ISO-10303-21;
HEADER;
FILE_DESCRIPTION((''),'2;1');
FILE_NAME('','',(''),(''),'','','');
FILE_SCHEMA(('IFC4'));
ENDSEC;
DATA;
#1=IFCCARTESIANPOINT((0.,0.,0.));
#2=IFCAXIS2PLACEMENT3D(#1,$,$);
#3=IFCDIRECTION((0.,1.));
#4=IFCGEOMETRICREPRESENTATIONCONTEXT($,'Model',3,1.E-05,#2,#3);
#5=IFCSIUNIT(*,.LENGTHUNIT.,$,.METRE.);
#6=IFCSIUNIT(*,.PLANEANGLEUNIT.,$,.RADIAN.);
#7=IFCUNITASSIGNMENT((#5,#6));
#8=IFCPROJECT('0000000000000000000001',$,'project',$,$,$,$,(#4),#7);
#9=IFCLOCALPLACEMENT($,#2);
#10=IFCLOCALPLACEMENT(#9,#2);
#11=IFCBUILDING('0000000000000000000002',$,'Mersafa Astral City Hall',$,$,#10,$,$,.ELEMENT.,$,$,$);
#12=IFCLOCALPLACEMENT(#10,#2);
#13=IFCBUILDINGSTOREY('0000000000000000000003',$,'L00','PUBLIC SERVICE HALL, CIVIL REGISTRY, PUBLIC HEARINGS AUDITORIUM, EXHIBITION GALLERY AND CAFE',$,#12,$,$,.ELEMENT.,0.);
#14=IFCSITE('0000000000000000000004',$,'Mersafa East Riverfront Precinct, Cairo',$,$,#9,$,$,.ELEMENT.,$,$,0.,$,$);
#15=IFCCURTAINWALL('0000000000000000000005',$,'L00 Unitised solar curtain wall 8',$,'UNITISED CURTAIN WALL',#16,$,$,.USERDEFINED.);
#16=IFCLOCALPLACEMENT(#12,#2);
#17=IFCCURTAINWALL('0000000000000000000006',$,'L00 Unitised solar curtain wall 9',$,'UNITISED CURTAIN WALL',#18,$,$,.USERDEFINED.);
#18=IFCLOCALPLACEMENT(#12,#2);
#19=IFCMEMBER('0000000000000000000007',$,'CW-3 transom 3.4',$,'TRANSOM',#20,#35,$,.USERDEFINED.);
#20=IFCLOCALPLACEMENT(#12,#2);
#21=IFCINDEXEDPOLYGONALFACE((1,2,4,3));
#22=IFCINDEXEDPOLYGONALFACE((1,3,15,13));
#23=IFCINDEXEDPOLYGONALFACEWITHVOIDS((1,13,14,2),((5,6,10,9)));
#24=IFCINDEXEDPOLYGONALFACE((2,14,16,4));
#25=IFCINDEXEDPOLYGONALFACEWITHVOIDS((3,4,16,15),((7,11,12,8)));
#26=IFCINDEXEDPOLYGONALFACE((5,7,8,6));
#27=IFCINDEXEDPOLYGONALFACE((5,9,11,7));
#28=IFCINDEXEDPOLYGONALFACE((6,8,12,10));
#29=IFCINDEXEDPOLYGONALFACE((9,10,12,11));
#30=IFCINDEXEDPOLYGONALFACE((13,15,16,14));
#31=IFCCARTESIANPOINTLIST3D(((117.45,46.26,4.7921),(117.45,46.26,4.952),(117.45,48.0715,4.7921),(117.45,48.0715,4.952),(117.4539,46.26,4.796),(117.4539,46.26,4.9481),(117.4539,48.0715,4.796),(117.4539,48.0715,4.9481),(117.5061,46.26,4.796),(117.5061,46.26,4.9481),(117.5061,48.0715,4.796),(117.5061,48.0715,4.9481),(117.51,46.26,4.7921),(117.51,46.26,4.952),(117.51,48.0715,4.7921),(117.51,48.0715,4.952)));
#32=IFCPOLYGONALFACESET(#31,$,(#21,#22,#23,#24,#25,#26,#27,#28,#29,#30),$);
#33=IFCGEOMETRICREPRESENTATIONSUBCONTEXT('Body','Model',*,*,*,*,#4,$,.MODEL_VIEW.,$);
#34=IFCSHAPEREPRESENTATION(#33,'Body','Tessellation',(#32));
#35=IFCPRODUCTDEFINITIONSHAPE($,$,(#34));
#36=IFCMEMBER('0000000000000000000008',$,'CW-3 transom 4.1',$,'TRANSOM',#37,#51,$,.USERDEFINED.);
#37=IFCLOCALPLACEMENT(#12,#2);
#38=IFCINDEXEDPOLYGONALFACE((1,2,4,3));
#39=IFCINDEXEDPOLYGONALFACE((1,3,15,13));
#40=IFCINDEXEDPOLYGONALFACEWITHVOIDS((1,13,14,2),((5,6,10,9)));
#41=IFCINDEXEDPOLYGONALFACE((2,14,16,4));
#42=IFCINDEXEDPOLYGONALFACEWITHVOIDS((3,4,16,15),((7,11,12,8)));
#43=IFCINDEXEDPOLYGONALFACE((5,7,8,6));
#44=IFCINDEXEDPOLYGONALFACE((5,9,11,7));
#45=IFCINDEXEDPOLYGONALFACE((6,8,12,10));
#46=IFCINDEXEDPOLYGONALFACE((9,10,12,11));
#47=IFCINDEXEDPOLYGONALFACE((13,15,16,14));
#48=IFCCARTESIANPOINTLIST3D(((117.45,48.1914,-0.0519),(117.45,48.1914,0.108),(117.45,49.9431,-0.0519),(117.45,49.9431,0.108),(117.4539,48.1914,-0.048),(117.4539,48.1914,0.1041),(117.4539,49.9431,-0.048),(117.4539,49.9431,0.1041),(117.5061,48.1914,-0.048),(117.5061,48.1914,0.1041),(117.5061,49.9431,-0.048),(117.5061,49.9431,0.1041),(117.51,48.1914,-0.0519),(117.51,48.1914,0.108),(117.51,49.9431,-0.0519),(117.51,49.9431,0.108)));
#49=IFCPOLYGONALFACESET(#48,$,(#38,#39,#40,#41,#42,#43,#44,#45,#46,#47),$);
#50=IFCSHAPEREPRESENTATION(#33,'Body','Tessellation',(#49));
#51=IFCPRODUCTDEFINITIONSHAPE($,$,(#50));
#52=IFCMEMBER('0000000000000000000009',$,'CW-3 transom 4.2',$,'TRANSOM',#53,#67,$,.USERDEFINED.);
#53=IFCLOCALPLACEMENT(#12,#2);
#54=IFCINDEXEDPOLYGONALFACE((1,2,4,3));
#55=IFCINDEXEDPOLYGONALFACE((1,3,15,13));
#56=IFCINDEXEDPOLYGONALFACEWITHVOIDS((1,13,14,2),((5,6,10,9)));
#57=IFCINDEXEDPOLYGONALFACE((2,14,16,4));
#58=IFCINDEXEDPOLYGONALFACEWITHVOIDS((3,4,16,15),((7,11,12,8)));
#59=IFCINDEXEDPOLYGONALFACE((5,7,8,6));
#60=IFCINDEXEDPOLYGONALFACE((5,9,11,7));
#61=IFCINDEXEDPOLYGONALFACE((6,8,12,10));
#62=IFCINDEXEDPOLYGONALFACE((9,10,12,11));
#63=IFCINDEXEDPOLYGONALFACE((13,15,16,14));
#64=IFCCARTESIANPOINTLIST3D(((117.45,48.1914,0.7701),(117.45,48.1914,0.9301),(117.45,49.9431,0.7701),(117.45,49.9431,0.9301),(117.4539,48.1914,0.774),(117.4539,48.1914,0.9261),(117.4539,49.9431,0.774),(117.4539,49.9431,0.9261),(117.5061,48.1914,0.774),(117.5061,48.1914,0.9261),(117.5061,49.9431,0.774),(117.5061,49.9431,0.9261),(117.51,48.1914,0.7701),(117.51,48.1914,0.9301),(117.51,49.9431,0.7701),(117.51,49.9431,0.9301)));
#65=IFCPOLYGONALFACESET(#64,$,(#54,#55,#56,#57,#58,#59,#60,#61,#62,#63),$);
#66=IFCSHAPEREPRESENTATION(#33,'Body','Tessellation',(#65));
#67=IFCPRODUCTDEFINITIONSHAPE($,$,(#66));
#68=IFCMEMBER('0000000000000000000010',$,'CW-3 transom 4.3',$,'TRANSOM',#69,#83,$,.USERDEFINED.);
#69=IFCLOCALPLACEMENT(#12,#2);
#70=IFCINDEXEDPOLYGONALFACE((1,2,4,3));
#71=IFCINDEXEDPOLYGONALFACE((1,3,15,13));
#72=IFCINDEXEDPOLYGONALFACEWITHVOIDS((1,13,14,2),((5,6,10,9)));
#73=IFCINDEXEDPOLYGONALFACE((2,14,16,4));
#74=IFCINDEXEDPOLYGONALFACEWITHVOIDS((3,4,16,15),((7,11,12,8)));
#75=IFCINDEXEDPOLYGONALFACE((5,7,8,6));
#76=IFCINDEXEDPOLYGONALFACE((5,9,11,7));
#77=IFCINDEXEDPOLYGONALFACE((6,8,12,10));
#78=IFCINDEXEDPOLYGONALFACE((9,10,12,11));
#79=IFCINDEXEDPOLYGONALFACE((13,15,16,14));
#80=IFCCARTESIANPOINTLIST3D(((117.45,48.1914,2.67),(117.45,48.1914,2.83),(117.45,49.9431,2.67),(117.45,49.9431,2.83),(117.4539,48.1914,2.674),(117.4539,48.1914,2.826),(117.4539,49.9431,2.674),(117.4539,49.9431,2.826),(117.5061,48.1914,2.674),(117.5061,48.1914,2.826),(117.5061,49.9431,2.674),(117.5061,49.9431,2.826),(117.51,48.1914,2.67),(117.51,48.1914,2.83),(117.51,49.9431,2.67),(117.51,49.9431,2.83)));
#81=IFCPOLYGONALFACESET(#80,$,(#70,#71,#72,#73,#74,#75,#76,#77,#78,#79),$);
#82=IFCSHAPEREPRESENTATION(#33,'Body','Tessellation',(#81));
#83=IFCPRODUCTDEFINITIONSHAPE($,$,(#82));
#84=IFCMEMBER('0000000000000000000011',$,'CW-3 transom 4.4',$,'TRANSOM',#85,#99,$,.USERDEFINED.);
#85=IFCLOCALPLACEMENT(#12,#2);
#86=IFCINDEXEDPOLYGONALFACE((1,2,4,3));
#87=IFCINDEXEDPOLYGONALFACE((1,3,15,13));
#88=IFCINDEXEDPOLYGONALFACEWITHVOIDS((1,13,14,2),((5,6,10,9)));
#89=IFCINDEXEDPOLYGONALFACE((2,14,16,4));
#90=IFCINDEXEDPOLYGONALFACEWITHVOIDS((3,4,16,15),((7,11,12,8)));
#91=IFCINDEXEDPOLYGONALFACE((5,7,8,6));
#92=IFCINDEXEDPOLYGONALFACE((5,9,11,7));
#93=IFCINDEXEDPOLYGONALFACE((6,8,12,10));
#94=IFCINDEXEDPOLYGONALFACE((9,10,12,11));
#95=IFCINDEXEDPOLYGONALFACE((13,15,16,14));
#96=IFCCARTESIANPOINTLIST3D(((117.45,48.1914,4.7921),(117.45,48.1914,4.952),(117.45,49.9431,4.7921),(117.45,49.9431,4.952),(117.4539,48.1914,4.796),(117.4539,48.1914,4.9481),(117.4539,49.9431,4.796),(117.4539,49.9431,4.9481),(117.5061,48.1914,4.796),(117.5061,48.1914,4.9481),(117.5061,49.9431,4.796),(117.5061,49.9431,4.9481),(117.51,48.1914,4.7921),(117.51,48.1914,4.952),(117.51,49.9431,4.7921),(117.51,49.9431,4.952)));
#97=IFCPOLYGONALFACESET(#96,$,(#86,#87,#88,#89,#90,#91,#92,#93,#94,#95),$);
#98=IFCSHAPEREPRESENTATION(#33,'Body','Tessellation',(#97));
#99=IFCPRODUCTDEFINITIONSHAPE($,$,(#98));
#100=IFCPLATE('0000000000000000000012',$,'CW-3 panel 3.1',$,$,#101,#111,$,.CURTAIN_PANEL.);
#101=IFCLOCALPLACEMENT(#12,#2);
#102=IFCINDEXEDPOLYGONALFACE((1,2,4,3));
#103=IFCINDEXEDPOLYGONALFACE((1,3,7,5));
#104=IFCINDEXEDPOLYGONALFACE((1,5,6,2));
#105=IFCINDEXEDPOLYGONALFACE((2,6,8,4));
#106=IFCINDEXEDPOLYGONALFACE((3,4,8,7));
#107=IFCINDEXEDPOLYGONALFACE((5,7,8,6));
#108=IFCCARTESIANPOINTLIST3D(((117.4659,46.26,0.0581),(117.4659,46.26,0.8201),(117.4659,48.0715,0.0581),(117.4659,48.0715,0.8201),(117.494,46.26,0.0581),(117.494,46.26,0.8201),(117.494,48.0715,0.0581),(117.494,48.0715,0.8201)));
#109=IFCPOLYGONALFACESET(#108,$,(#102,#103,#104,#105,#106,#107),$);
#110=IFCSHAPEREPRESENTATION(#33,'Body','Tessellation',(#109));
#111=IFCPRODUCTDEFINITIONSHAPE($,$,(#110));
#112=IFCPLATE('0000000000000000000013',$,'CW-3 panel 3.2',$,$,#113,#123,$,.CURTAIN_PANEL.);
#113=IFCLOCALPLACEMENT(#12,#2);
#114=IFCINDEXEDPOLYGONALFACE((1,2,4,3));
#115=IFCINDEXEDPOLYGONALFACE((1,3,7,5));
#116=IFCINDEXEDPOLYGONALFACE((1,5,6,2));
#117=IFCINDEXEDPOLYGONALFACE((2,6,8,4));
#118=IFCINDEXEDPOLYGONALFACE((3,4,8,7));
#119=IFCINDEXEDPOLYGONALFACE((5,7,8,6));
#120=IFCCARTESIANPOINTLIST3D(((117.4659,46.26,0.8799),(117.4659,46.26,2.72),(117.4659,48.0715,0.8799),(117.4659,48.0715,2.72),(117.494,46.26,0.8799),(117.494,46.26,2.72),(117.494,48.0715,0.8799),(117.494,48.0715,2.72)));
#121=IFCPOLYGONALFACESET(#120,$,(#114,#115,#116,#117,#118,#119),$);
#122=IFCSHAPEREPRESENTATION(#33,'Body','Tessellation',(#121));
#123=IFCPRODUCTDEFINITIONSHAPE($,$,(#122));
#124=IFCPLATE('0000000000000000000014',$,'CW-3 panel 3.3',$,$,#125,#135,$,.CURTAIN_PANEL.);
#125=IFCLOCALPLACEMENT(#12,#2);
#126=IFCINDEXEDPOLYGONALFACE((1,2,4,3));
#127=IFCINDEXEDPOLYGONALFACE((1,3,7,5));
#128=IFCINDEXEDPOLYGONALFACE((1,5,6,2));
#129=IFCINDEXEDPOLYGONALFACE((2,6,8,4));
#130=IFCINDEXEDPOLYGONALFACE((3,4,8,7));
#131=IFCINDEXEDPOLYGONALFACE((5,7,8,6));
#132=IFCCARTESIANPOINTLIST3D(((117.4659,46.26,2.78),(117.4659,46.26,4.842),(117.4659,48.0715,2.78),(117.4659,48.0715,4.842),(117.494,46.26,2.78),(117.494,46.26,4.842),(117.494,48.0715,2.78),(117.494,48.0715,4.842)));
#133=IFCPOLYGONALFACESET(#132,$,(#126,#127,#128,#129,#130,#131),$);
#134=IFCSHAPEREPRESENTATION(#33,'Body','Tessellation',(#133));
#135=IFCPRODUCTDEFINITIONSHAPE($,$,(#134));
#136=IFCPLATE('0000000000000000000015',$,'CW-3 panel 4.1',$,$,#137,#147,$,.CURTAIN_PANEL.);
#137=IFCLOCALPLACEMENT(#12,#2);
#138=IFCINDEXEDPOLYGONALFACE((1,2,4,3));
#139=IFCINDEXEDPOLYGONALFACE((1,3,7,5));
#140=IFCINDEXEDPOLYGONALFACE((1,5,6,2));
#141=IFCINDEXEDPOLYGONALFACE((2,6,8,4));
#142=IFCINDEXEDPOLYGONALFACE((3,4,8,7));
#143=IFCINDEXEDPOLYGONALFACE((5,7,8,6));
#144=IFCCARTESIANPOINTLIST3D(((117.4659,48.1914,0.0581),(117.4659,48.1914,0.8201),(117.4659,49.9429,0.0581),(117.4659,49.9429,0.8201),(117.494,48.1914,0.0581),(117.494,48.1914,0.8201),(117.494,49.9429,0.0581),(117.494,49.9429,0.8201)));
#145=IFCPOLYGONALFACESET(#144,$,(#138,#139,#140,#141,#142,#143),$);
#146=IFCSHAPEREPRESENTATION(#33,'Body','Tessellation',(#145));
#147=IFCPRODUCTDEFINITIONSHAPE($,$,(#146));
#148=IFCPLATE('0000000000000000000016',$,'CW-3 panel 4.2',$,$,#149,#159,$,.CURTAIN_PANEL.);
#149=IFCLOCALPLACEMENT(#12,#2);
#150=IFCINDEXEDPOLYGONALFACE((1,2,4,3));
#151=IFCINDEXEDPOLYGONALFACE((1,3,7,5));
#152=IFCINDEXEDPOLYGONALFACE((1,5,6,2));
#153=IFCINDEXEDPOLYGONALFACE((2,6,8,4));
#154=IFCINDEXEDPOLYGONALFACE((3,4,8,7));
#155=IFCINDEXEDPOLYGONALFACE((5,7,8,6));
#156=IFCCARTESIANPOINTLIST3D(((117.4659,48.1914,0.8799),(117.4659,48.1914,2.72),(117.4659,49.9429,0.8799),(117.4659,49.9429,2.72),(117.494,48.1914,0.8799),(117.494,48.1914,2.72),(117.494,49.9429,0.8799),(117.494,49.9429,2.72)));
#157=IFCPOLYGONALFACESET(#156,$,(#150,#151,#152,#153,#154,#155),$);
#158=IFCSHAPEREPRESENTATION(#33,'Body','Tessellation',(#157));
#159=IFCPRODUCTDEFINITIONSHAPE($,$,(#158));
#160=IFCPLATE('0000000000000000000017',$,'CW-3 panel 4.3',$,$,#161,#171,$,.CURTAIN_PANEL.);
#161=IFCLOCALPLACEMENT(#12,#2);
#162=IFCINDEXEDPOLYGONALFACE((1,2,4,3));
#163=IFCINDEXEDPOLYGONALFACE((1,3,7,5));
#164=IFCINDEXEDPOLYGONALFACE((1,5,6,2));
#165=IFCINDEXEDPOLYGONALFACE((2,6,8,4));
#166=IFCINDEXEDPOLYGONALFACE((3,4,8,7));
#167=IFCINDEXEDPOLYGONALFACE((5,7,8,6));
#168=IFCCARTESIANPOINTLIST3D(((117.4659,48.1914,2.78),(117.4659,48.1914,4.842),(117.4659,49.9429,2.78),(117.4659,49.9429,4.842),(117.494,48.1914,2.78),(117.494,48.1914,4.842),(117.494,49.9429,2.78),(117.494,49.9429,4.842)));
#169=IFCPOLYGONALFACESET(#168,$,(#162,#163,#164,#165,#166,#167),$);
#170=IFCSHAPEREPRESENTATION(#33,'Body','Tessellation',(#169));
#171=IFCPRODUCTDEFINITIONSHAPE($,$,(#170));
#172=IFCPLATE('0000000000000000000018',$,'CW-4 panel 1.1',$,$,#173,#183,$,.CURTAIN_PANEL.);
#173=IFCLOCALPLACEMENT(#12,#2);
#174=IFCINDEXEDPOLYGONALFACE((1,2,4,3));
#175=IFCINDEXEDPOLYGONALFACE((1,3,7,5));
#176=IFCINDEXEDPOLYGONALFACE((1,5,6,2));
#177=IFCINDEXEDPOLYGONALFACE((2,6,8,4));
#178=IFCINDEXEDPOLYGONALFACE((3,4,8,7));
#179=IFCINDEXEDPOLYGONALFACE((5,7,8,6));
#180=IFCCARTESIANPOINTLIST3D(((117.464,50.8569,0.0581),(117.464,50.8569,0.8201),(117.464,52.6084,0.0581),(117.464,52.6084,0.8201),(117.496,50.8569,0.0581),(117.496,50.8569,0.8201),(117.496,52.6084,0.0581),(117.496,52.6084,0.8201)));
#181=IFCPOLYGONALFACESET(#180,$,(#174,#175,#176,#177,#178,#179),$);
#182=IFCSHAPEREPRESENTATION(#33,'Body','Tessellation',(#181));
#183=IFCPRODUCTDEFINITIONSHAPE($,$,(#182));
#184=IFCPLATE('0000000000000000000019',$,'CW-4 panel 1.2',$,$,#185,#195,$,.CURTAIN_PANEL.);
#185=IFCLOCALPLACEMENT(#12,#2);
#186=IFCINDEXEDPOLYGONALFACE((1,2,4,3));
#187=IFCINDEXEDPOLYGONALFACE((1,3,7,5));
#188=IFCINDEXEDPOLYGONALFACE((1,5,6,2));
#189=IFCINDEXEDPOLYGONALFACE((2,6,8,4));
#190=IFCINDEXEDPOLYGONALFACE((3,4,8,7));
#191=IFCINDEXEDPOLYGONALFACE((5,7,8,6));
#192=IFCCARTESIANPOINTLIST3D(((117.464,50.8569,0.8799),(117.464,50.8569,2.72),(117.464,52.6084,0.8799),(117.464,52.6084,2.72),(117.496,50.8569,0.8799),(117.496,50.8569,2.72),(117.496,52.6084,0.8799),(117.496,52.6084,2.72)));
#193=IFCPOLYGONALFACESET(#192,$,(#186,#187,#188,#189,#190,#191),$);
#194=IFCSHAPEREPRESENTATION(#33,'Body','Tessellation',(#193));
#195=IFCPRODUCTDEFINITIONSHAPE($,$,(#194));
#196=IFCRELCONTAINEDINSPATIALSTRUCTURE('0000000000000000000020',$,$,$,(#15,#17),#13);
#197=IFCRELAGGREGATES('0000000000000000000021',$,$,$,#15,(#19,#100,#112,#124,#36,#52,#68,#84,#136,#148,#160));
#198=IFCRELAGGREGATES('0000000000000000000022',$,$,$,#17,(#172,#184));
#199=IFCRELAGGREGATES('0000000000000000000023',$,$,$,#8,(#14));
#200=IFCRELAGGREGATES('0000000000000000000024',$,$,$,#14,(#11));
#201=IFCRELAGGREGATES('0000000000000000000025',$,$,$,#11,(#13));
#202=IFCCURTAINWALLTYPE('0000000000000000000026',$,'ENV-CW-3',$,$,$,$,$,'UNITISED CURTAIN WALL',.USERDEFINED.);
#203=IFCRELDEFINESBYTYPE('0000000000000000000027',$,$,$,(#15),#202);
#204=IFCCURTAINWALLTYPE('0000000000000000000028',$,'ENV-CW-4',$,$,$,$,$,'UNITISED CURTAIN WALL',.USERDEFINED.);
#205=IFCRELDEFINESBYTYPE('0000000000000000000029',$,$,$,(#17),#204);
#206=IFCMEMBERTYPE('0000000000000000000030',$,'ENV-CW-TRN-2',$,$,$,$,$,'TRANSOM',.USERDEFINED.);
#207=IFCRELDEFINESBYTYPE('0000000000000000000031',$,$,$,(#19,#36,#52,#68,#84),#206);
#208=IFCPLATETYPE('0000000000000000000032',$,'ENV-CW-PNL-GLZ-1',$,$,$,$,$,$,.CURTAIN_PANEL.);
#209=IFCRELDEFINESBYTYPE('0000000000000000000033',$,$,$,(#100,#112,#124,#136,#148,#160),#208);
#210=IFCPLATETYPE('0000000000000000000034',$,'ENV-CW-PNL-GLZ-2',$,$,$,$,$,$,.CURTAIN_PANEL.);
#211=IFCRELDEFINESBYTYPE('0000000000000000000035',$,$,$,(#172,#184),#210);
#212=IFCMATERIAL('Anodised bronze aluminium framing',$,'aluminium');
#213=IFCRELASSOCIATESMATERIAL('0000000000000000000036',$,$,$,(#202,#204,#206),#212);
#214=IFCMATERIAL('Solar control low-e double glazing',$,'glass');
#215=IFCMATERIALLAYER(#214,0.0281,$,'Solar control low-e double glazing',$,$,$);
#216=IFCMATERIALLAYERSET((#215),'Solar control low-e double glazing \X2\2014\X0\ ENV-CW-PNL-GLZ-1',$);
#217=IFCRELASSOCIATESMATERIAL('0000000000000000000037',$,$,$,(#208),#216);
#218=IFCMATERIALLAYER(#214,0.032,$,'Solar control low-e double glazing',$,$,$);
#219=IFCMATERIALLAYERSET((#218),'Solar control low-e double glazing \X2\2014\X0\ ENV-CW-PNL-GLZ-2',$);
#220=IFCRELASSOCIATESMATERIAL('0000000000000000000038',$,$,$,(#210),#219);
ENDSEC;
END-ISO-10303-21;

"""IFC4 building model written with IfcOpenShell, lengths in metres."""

from ifc_helpers import new_model, si_unit, direction, frame, origin, origin_2d, place, context, subcontext, project, spatial, rectangle, hollow_rectangle, extrude, material, layer, layer_set, material_profile, profile_set, type_object, element, aggregate, save


model = new_model("IFC4")

# Units and contexts
model_context = context("Model", 3, precision=1e-05, world=origin(), true_north=direction((0.0, 1.0)))
body_context = subcontext(model_context, "Body", "Model", "MODEL_VIEW")
ifc_project = project(units=[si_unit("LENGTHUNIT", "METRE"), si_unit("PLANEANGLEUNIT", "RADIAN")], contexts=[model_context])

# Site, building, storey
site_placement = place(None, origin())
site = spatial("IfcSite", under=ifc_project, at=site_placement, Name="Mersafa East Riverfront Precinct, Cairo", CompositionType="ELEMENT", RefElevation=0.0)
building_placement = place(site_placement, origin())
building = spatial("IfcBuilding", under=site, at=building_placement, Name="Mersafa Astral City Hall", CompositionType="ELEMENT")
storey_placement = place(building_placement, origin())
storey = spatial("IfcBuildingStorey", under=building, at=storey_placement, Name="L00", Description="PUBLIC SERVICE HALL, CIVIL REGISTRY, PUBLIC HEARINGS AUDITORIUM, EXHIBITION GALLERY AND CAFE", CompositionType="ELEMENT", Elevation=0.0)

# Curtain walls
ifc_material_1 = material(Name="Anodised bronze aluminium framing", Category="aluminium")
curtain_wall_type_1 = type_object("IfcCurtainWallType", Name="ENV-CW-3", ElementType="UNITISED CURTAIN WALL", PredefinedType="USERDEFINED", material=ifc_material_1)
curtain_wall_1_placement = place(storey_placement, origin())
curtain_wall_1 = element("IfcCurtainWall", 1, at=curtain_wall_1_placement, inside=storey, type_object=curtain_wall_type_1, Name="L00 Unitised solar curtain wall 8", ObjectType="UNITISED CURTAIN WALL", PredefinedType="USERDEFINED")
curtain_wall_type_2 = type_object("IfcCurtainWallType", Name="ENV-CW-4", ElementType="UNITISED CURTAIN WALL", PredefinedType="USERDEFINED", material=ifc_material_1)
curtain_wall_2_placement = place(storey_placement, origin())
curtain_wall_2 = element("IfcCurtainWall", 2, at=curtain_wall_2_placement, inside=storey, type_object=curtain_wall_type_2, Name="L00 Unitised solar curtain wall 9", ObjectType="UNITISED CURTAIN WALL", PredefinedType="USERDEFINED")

# Members
ifc_material_profile_1 = material_profile(ifc_material_1, hollow_rectangle(XDim=0.0601, YDim=0.1599, WallThickness=0.0039, at=origin_2d()), Name="RHS 60x160x4")
ifc_profile_set_1 = profile_set([ifc_material_profile_1], Name="Anodised bronze aluminium framing")
member_type_1 = type_object("IfcMemberType", Name="ENV-CW-TRN-2", ElementType="TRANSOM", PredefinedType="USERDEFINED", material=ifc_profile_set_1)
member_1_placement = place(storey_placement, frame((117.48, 46.26, 4.8721), z_axis=(0.0, 1.0, 0.0), x_axis=(-1.0, 0.0, 0.0)))
member_1 = element("IfcMember", 3, at=member_1_placement, type_object=member_type_1, Name="CW-3 transom 3.4", ObjectType="TRANSOM", PredefinedType="USERDEFINED", context=body_context, shape_type="SweptSolid", body=[
    extrude(hollow_rectangle(XDim=0.0601, YDim=0.1599, WallThickness=0.0039, at=origin_2d()), origin(), (0.0, 0.0, 1.0), 1.8115),
])
member_2_placement = place(storey_placement, frame((117.48, 48.1914, 0.0281), z_axis=(0.0, 1.0, 0.0), x_axis=(-1.0, 0.0, 0.0)))
member_2 = element("IfcMember", 4, at=member_2_placement, type_object=member_type_1, Name="CW-3 transom 4.1", ObjectType="TRANSOM", PredefinedType="USERDEFINED", context=body_context, shape_type="SweptSolid", body=[
    extrude(hollow_rectangle(XDim=0.0601, YDim=0.1599, WallThickness=0.0039, at=origin_2d()), origin(), (0.0, 0.0, 1.0), 1.7517),
])
member_3_placement = place(storey_placement, frame((117.48, 48.1914, 0.8501), z_axis=(0.0, 1.0, 0.0), x_axis=(-1.0, 0.0, 0.0)))
member_3 = element("IfcMember", 5, at=member_3_placement, type_object=member_type_1, Name="CW-3 transom 4.2", ObjectType="TRANSOM", PredefinedType="USERDEFINED", context=body_context, shape_type="SweptSolid", body=[
    extrude(hollow_rectangle(XDim=0.0601, YDim=0.1599, WallThickness=0.0039, at=origin_2d()), origin(), (0.0, 0.0, 1.0), 1.7517),
])
member_4_placement = place(storey_placement, frame((117.48, 48.1914, 2.75), z_axis=(0.0, 1.0, 0.0), x_axis=(-1.0, 0.0, 0.0)))
member_4 = element("IfcMember", 6, at=member_4_placement, type_object=member_type_1, Name="CW-3 transom 4.3", ObjectType="TRANSOM", PredefinedType="USERDEFINED", context=body_context, shape_type="SweptSolid", body=[
    extrude(hollow_rectangle(XDim=0.0601, YDim=0.1599, WallThickness=0.0039, at=origin_2d()), origin(), (0.0, 0.0, 1.0), 1.7517),
])
member_5_placement = place(storey_placement, frame((117.48, 48.1914, 4.8721), z_axis=(0.0, 1.0, 0.0), x_axis=(-1.0, 0.0, 0.0)))
member_5 = element("IfcMember", 7, at=member_5_placement, type_object=member_type_1, Name="CW-3 transom 4.4", ObjectType="TRANSOM", PredefinedType="USERDEFINED", context=body_context, shape_type="SweptSolid", body=[
    extrude(hollow_rectangle(XDim=0.0601, YDim=0.1599, WallThickness=0.0039, at=origin_2d()), origin(), (0.0, 0.0, 1.0), 1.7517),
])

# Plates
ifc_material_2 = material(Name="Solar control low-e double glazing", Category="glass")
ifc_layer_1 = layer(ifc_material_2, 0.0281, Name="Solar control low-e double glazing")
ifc_layer_set_1 = layer_set([ifc_layer_1], Name="Solar control low-e double glazing — ENV-CW-PNL-GLZ-1")
plate_type_1 = type_object("IfcPlateType", Name="ENV-CW-PNL-GLZ-1", PredefinedType="CURTAIN_PANEL", material=ifc_layer_set_1)
plate_1_placement = place(storey_placement, frame((117.48, 47.1658, 0.0581), z_axis=(0.0, 0.0, 1.0), x_axis=(0.0, 1.0, 0.0)))
plate_1 = element("IfcPlate", 8, at=plate_1_placement, type_object=plate_type_1, Name="CW-3 panel 3.1", PredefinedType="CURTAIN_PANEL", context=body_context, shape_type="SweptSolid", body=[
    extrude(rectangle(XDim=1.8115, YDim=0.0281, at=origin_2d()), origin(), (0.0, 0.0, 1.0), 0.762),
])
plate_2_placement = place(storey_placement, frame((117.48, 47.1658, 0.8799), z_axis=(0.0, 0.0, 1.0), x_axis=(0.0, 1.0, 0.0)))
plate_2 = element("IfcPlate", 9, at=plate_2_placement, type_object=plate_type_1, Name="CW-3 panel 3.2", PredefinedType="CURTAIN_PANEL", context=body_context, shape_type="SweptSolid", body=[
    extrude(rectangle(XDim=1.8115, YDim=0.0281, at=origin_2d()), origin(), (0.0, 0.0, 1.0), 1.8401),
])
plate_3_placement = place(storey_placement, frame((117.48, 47.1658, 2.78), z_axis=(0.0, 0.0, 1.0), x_axis=(0.0, 1.0, 0.0)))
plate_3 = element("IfcPlate", 10, at=plate_3_placement, type_object=plate_type_1, Name="CW-3 panel 3.3", PredefinedType="CURTAIN_PANEL", context=body_context, shape_type="SweptSolid", body=[
    extrude(rectangle(XDim=1.8115, YDim=0.0281, at=origin_2d()), origin(), (0.0, 0.0, 1.0), 2.062),
])
plate_4_placement = place(storey_placement, frame((117.48, 49.0671, 0.0581), z_axis=(0.0, 0.0, 1.0), x_axis=(0.0, 1.0, 0.0)))
plate_4 = element("IfcPlate", 11, at=plate_4_placement, type_object=plate_type_1, Name="CW-3 panel 4.1", PredefinedType="CURTAIN_PANEL", context=body_context, shape_type="SweptSolid", body=[
    extrude(rectangle(XDim=1.7515, YDim=0.0281, at=origin_2d()), origin(), (0.0, 0.0, 1.0), 0.762),
])
plate_5_placement = place(storey_placement, frame((117.48, 49.0671, 0.8799), z_axis=(0.0, 0.0, 1.0), x_axis=(0.0, 1.0, 0.0)))
plate_5 = element("IfcPlate", 12, at=plate_5_placement, type_object=plate_type_1, Name="CW-3 panel 4.2", PredefinedType="CURTAIN_PANEL", context=body_context, shape_type="SweptSolid", body=[
    extrude(rectangle(XDim=1.7515, YDim=0.0281, at=origin_2d()), origin(), (0.0, 0.0, 1.0), 1.8401),
])
plate_6_placement = place(storey_placement, frame((117.48, 49.0671, 2.78), z_axis=(0.0, 0.0, 1.0), x_axis=(0.0, 1.0, 0.0)))
plate_6 = element("IfcPlate", 13, at=plate_6_placement, type_object=plate_type_1, Name="CW-3 panel 4.3", PredefinedType="CURTAIN_PANEL", context=body_context, shape_type="SweptSolid", body=[
    extrude(rectangle(XDim=1.7515, YDim=0.0281, at=origin_2d()), origin(), (0.0, 0.0, 1.0), 2.062),
])
aggregate(curtain_wall_1, [member_1, plate_1, plate_2, plate_3, member_2, member_3, member_4, member_5, plate_4, plate_5, plate_6])
ifc_layer_2 = layer(ifc_material_2, 0.032, Name="Solar control low-e double glazing")
ifc_layer_set_2 = layer_set([ifc_layer_2], Name="Solar control low-e double glazing — ENV-CW-PNL-GLZ-2")
plate_type_2 = type_object("IfcPlateType", Name="ENV-CW-PNL-GLZ-2", PredefinedType="CURTAIN_PANEL", material=ifc_layer_set_2)
plate_7_placement = place(storey_placement, frame((117.48, 51.7327, 0.0581), z_axis=(0.0, 0.0, 1.0), x_axis=(0.0, 1.0, 0.0)))
plate_7 = element("IfcPlate", 14, at=plate_7_placement, type_object=plate_type_2, Name="CW-4 panel 1.1", PredefinedType="CURTAIN_PANEL", context=body_context, shape_type="SweptSolid", body=[
    extrude(rectangle(XDim=1.7515, YDim=0.032, at=origin_2d()), origin(), (0.0, 0.0, 1.0), 0.762),
])
plate_8_placement = place(storey_placement, frame((117.48, 51.7327, 0.8799), z_axis=(0.0, 0.0, 1.0), x_axis=(0.0, 1.0, 0.0)))
plate_8 = element("IfcPlate", 15, at=plate_8_placement, type_object=plate_type_2, Name="CW-4 panel 1.2", PredefinedType="CURTAIN_PANEL", context=body_context, shape_type="SweptSolid", body=[
    extrude(rectangle(XDim=1.7515, YDim=0.032, at=origin_2d()), origin(), (0.0, 0.0, 1.0), 1.8401),
])
aggregate(curtain_wall_2, [plate_7, plate_8])

save(model, "model.ifc")
